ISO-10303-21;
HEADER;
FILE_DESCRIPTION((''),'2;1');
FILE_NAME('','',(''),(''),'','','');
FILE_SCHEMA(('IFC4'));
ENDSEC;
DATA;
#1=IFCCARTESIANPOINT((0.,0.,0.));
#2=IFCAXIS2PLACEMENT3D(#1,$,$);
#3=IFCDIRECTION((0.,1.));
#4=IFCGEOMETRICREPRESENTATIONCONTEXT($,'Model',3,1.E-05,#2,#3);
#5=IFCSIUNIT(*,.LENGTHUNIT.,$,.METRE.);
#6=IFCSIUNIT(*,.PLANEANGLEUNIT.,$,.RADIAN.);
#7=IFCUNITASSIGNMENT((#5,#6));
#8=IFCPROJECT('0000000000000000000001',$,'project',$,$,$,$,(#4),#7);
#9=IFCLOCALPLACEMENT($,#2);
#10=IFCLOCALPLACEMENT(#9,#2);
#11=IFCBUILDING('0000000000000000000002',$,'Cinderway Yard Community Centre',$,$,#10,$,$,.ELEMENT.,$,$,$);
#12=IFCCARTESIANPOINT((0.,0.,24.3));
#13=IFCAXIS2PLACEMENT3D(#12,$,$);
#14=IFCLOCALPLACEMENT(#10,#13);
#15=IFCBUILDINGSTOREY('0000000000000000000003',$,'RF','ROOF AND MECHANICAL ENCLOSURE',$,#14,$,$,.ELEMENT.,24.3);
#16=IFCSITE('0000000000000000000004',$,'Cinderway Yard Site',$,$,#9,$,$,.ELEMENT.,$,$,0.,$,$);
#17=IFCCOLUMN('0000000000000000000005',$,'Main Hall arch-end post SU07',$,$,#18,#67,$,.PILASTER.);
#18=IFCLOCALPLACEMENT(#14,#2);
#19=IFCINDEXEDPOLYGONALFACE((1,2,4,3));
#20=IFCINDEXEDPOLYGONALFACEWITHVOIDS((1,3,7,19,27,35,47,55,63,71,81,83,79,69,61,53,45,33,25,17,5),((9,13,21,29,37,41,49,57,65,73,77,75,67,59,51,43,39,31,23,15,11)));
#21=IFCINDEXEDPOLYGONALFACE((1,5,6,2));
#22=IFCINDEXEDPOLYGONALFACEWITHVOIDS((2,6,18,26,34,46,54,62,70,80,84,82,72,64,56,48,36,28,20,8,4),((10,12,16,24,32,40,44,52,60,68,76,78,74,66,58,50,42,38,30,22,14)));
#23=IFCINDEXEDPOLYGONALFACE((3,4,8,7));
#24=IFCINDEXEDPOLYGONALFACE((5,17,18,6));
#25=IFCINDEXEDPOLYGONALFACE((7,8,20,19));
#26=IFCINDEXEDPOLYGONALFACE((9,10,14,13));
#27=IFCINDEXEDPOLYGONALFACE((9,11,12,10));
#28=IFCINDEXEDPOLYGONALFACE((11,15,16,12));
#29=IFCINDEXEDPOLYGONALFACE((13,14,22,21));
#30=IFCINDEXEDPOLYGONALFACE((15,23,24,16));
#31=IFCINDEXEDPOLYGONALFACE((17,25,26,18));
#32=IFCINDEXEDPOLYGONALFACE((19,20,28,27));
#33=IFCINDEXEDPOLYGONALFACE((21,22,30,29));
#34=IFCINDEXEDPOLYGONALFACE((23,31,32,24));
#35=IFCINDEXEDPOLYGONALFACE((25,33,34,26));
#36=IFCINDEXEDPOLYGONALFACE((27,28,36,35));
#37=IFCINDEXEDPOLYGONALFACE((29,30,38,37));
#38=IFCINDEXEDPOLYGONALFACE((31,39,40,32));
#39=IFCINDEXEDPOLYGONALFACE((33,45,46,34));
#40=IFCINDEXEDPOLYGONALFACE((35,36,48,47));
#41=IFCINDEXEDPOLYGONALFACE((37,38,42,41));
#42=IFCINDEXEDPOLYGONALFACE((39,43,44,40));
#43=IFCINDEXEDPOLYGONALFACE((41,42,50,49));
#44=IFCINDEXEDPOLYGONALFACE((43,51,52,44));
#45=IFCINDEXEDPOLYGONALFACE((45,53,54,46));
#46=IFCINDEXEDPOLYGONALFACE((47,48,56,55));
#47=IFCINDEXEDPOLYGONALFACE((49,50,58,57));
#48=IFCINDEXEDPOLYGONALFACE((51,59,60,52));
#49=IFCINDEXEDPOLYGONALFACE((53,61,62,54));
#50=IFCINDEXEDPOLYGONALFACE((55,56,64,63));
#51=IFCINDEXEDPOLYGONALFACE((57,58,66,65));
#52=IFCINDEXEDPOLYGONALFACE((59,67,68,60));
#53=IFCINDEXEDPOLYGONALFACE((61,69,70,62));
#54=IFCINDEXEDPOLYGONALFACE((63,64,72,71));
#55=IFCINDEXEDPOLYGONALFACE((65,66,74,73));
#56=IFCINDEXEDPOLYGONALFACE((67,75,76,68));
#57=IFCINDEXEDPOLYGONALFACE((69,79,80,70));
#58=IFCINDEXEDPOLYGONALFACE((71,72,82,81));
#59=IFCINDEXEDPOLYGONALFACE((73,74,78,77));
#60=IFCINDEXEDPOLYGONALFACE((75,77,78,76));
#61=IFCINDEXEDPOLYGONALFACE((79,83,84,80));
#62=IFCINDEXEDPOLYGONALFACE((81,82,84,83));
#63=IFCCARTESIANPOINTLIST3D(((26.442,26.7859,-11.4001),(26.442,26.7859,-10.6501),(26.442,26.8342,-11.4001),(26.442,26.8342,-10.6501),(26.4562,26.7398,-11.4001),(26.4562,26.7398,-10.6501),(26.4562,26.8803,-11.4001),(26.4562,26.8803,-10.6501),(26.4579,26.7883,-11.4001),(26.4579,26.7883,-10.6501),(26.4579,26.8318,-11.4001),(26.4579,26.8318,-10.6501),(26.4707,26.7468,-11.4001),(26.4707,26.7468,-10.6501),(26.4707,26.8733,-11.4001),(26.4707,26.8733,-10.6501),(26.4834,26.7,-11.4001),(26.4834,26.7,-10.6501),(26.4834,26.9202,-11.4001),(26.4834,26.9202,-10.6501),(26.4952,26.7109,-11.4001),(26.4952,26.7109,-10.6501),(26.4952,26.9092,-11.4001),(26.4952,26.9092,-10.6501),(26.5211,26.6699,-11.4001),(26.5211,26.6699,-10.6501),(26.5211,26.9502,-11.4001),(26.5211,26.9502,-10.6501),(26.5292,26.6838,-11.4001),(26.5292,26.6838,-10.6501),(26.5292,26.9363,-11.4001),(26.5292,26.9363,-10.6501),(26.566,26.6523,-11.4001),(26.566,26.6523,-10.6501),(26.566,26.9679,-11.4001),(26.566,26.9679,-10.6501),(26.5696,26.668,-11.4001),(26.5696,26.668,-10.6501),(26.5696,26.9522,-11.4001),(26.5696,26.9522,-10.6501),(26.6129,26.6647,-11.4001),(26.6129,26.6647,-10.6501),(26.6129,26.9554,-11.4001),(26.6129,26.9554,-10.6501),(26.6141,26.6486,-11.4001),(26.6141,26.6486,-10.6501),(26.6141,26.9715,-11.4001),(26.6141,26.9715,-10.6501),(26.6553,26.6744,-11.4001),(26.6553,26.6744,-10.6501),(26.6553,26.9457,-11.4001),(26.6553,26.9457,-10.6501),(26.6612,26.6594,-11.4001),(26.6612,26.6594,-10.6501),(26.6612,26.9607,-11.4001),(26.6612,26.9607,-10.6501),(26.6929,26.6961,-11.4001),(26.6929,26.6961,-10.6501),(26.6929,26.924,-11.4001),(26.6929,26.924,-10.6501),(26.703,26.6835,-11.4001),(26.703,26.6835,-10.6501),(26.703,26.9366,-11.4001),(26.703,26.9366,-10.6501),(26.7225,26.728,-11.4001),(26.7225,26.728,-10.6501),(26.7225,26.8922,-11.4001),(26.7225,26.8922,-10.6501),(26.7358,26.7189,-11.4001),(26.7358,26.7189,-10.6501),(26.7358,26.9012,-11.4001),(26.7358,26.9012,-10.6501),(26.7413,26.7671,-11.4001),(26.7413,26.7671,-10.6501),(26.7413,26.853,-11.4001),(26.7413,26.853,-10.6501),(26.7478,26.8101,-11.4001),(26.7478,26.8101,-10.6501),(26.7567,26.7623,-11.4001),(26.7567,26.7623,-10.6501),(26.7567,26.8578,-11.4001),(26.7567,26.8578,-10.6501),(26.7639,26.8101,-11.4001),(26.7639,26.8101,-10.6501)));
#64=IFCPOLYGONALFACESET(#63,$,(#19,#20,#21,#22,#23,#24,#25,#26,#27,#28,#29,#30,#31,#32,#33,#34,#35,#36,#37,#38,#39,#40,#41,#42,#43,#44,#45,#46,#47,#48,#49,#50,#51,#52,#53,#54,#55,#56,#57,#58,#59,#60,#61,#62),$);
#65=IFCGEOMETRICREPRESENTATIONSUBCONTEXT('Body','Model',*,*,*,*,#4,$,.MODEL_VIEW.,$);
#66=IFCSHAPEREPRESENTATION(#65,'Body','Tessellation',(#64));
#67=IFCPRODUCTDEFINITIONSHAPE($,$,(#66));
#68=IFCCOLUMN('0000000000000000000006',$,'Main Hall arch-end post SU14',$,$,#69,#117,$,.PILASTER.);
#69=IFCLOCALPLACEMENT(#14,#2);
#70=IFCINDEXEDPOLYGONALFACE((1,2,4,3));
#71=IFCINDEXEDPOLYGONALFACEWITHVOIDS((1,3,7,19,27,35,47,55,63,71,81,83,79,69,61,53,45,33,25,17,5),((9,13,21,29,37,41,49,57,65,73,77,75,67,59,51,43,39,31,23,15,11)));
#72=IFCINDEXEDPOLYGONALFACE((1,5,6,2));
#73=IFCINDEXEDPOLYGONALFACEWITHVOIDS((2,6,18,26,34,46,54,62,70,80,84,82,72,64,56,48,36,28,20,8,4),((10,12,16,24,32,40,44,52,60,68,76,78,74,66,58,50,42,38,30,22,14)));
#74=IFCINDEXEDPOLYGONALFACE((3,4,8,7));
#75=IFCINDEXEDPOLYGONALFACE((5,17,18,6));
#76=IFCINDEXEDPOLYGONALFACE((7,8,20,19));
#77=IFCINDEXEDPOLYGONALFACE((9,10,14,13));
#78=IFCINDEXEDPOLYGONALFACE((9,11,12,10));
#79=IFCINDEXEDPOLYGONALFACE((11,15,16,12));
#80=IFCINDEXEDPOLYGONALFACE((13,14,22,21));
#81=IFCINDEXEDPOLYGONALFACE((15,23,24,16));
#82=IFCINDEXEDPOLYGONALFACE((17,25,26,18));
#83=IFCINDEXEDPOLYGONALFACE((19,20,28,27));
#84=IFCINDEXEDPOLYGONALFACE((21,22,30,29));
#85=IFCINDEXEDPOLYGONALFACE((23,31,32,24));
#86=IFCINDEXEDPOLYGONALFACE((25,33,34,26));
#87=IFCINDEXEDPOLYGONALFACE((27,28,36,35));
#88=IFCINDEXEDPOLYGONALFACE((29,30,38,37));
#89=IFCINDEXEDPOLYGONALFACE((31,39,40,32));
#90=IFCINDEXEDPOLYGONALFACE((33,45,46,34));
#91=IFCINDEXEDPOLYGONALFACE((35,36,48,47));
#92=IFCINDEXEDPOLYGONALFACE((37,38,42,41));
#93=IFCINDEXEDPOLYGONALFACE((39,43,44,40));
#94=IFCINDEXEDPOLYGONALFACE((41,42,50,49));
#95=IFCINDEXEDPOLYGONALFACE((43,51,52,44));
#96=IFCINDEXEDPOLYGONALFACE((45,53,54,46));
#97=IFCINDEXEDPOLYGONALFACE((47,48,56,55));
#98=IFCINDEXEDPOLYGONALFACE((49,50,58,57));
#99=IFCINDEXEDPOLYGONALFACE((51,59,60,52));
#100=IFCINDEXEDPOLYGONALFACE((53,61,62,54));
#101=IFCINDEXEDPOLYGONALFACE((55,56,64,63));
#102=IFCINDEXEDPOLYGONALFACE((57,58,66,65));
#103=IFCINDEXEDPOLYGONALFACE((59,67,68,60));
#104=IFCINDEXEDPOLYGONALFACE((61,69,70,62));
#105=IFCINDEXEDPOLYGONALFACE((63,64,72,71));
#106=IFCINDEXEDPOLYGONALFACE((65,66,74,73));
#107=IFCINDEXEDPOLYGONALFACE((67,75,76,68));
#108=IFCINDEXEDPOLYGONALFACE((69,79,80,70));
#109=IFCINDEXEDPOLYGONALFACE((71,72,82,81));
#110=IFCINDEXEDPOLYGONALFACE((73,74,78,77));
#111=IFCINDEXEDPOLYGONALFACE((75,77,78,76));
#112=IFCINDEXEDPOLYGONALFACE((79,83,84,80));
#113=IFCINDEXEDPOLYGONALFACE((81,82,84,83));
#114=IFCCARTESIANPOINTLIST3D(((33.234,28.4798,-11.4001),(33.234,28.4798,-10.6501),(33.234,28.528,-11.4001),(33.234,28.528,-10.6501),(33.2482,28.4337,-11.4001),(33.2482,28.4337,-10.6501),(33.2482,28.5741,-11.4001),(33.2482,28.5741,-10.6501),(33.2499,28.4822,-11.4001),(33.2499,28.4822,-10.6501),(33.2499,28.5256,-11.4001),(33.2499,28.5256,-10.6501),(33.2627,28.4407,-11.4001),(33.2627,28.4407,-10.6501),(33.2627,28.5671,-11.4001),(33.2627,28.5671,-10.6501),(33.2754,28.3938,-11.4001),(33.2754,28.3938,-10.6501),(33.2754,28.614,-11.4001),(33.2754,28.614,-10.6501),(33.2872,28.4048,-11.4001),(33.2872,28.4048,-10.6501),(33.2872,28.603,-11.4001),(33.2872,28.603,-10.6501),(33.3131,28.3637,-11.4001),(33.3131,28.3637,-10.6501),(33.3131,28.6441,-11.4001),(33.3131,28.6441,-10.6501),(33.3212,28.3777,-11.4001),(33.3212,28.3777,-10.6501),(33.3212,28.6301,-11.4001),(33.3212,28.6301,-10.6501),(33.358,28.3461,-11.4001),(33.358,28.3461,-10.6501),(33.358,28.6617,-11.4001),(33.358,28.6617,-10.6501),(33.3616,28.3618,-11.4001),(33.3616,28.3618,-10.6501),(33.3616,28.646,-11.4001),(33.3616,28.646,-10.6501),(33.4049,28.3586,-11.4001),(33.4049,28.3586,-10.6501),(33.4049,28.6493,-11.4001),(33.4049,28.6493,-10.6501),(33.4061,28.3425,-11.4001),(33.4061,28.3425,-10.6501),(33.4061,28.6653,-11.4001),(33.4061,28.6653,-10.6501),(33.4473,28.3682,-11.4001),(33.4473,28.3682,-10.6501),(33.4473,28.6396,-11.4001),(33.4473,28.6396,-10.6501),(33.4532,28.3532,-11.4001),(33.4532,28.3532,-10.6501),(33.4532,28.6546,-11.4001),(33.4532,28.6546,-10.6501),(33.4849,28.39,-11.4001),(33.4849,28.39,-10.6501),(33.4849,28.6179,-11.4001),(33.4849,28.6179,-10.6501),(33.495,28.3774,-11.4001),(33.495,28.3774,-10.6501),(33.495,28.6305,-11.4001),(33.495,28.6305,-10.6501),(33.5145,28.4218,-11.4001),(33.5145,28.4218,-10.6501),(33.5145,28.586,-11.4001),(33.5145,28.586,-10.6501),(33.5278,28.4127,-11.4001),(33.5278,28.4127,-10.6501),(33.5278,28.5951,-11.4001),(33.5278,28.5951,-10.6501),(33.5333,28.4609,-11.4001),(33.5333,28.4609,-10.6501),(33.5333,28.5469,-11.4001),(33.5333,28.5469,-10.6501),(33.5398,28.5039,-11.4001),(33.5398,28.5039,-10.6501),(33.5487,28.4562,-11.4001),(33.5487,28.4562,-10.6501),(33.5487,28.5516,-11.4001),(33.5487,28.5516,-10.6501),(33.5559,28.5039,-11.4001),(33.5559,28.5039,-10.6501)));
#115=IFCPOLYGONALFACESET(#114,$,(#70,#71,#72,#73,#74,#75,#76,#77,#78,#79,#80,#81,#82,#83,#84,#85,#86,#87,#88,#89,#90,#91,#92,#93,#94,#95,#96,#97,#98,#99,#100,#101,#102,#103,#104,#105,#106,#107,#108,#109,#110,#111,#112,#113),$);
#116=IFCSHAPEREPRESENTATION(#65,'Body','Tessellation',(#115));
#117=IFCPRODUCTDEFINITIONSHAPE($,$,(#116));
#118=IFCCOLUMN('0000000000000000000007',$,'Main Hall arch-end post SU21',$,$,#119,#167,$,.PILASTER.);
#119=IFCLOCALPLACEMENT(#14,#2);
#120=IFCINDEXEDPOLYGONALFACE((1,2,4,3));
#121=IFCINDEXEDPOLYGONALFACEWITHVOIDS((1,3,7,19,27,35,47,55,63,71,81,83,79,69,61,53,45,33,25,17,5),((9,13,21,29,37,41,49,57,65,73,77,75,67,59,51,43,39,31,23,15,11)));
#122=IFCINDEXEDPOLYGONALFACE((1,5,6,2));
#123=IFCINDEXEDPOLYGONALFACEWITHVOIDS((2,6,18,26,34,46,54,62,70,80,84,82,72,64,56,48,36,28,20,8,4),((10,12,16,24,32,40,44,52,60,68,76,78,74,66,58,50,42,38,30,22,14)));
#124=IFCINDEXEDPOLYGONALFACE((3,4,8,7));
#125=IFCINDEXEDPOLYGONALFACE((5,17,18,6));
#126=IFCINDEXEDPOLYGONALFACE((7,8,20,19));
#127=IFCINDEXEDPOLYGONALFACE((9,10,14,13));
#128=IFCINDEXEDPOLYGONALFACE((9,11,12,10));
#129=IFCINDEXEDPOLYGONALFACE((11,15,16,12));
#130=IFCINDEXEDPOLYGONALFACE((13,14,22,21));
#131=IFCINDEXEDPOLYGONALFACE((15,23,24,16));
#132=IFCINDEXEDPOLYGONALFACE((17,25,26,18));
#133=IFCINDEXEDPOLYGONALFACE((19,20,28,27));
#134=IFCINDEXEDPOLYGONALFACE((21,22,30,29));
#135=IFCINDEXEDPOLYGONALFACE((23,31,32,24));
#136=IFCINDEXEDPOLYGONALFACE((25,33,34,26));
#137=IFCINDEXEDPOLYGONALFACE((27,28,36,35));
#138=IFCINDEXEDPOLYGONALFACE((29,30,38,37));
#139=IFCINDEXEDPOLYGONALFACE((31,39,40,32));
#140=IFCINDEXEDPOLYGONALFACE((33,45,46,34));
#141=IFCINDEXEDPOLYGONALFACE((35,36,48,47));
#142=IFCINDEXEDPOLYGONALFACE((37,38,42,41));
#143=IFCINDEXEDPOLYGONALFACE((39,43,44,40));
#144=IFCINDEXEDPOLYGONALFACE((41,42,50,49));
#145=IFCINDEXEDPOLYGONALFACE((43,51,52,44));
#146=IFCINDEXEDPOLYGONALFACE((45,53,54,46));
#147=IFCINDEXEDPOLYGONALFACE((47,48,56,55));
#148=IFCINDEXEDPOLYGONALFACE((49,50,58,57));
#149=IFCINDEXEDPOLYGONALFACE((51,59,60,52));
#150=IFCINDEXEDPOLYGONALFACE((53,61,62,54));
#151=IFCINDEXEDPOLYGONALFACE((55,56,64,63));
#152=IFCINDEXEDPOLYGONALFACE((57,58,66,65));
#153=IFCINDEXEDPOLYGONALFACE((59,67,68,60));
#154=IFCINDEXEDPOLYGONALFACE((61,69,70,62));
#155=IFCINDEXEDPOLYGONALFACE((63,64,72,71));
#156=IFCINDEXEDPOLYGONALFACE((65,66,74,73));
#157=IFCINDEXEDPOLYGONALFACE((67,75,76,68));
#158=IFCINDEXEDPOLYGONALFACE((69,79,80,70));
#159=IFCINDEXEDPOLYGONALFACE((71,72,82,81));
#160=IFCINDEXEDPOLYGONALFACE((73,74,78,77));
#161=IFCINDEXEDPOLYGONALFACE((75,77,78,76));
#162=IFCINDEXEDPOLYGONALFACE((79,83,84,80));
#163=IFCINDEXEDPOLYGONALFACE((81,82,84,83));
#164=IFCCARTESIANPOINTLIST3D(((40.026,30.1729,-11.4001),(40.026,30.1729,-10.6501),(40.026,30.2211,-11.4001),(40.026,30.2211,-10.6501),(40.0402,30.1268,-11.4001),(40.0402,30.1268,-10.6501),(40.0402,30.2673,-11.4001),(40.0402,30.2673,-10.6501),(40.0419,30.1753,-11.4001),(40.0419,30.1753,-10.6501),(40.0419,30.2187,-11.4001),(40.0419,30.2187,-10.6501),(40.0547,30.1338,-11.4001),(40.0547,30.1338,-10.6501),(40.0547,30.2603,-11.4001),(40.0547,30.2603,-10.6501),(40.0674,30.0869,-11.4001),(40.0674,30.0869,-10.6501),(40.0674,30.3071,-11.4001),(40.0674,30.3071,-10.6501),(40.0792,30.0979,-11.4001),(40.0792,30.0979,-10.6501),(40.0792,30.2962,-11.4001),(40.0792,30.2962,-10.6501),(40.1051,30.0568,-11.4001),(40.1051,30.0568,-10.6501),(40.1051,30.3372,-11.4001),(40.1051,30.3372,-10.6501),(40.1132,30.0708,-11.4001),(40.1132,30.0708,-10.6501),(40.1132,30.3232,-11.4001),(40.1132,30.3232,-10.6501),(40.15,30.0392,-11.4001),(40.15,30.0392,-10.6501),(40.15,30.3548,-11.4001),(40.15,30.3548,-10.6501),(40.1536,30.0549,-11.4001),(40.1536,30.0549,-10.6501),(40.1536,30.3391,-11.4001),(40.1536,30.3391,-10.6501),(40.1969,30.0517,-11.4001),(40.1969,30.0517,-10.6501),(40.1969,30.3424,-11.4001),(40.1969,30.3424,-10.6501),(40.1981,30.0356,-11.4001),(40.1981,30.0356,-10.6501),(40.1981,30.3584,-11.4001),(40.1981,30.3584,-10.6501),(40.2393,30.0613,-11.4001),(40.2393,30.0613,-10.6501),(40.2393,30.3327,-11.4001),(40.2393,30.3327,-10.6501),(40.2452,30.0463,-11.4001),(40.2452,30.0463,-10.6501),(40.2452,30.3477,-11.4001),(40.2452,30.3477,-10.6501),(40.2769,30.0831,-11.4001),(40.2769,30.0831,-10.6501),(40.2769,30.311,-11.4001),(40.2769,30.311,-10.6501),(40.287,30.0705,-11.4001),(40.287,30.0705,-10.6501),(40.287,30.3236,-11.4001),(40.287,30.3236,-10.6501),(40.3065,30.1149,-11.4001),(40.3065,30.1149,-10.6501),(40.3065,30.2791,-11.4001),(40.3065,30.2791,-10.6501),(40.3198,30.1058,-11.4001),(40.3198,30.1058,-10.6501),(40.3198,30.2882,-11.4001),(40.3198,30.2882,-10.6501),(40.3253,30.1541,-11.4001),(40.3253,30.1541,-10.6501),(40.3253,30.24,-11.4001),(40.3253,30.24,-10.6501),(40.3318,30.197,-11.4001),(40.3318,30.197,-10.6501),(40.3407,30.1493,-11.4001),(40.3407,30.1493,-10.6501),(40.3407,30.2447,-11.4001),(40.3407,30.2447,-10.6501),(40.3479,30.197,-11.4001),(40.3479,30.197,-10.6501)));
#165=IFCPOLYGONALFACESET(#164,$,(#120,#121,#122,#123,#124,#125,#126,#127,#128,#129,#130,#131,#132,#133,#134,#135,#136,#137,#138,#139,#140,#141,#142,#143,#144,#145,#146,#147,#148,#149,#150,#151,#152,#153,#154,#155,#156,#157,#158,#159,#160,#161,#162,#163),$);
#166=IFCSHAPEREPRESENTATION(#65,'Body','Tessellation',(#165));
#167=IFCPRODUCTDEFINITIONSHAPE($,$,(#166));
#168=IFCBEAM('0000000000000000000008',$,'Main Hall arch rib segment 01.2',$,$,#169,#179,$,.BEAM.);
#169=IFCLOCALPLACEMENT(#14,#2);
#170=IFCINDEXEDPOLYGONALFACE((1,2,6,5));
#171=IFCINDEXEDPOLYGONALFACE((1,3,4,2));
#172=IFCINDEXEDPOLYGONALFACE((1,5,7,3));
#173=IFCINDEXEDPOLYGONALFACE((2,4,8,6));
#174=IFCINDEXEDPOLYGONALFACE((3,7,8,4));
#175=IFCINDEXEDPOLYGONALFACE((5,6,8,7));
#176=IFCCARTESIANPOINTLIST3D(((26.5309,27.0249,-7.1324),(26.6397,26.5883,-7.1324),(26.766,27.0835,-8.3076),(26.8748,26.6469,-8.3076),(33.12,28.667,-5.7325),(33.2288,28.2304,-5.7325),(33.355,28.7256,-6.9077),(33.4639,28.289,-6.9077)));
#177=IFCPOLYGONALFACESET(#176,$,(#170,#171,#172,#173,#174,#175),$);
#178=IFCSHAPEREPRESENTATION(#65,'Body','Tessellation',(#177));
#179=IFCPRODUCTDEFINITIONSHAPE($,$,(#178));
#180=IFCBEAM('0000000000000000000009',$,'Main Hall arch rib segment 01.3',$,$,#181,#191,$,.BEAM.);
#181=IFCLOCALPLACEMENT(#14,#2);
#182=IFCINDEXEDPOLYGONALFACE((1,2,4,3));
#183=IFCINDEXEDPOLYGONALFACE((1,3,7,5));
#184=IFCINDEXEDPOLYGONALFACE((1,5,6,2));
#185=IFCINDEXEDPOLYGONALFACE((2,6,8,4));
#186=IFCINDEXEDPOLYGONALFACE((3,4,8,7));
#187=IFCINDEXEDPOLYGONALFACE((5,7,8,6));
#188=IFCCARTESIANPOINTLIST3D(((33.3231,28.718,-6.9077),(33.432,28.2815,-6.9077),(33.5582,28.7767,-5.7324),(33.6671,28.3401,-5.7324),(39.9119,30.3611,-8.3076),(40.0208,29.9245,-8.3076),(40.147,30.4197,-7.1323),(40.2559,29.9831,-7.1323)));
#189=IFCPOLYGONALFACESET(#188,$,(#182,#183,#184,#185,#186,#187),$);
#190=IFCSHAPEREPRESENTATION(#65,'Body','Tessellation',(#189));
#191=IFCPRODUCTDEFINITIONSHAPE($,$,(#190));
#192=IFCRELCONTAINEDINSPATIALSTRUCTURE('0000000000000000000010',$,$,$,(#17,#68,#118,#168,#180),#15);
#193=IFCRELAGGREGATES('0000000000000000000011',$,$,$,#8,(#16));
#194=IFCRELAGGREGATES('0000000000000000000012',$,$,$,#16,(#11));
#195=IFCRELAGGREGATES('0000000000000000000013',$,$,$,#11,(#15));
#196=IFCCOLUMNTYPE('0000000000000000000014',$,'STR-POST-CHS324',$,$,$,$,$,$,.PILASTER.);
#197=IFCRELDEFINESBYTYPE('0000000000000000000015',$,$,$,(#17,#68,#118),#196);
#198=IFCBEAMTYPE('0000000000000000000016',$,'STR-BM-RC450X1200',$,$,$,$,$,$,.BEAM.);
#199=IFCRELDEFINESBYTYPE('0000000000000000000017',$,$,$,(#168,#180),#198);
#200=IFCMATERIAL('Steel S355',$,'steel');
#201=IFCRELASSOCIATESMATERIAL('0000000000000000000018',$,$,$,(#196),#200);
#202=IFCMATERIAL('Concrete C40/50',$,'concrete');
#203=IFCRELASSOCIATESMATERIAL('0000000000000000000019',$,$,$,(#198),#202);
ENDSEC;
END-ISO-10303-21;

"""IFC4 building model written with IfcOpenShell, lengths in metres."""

from ifc_helpers import new_model, si_unit, direction, frame, origin, origin_2d, place, context, subcontext, project, spatial, rectangle, hollow_circle, extrude, material, material_profile, profile_set, type_object, element, save


model = new_model("IFC4")

# Units and contexts
model_context = context("Model", 3, precision=1e-05, world=origin(), true_north=direction((0.0, 1.0)))
body_context = subcontext(model_context, "Body", "Model", "MODEL_VIEW")
ifc_project = project(units=[si_unit("LENGTHUNIT", "METRE"), si_unit("PLANEANGLEUNIT", "RADIAN")], contexts=[model_context])

# Site, building, storey
site_placement = place(None, origin())
site = spatial("IfcSite", under=ifc_project, at=site_placement, Name="Cinderway Yard Site", CompositionType="ELEMENT", RefElevation=0.0)
building_placement = place(site_placement, origin())
building = spatial("IfcBuilding", under=site, at=building_placement, Name="Cinderway Yard Community Centre", CompositionType="ELEMENT")
storey_placement = place(building_placement, frame((0.0, 0.0, 24.3)))
storey = spatial("IfcBuildingStorey", under=building, at=storey_placement, Name="RF", Description="ROOF AND MECHANICAL ENCLOSURE", CompositionType="ELEMENT", Elevation=24.3)

# Columns
ifc_material_1 = material(Name="Steel S355", Category="steel")
ifc_material_profile_1 = material_profile(ifc_material_1, hollow_circle(Radius=0.1619, WallThickness=0.0161, at=origin_2d()), Name="Steel S355")
ifc_profile_set_1 = profile_set([ifc_material_profile_1], Name="Steel S355")
column_type = type_object("IfcColumnType", Name="STR-POST-CHS324", PredefinedType="PILASTER", material=ifc_profile_set_1)
for number, where, z_axis, x_axis, name in (
    (1, (26.6021, 26.8101, -11.4001), (0.0, 0.0, 1.0), (1.0, 0.0, 0.0), "Main Hall arch-end post SU07"),
    (2, (33.394, 28.5039, -11.4001), (0.0, 0.0, 1.0), (1.0, 0.0, 0.0), "Main Hall arch-end post SU14"),
    (3, (40.186, 30.197, -11.4001), (0.0, 0.0, 1.0), (1.0, 0.0, 0.0), "Main Hall arch-end post SU21"),
):
    element("IfcColumn", number, at=place(storey_placement, frame(where, z_axis=z_axis, x_axis=x_axis)), inside=storey, type_object=column_type, Name=name, PredefinedType="PILASTER", context=body_context, shape_type="SweptSolid", body=[
        extrude(hollow_circle(Radius=0.1619, WallThickness=0.0161, at=origin_2d()), origin(), (0.0, 0.0, 1.0), 0.75),
    ])

# Beams
ifc_material_2 = material(Name="Concrete C40/50", Category="concrete")
ifc_material_profile_2 = material_profile(ifc_material_2, rectangle(XDim=0.45, YDim=1.2, at=origin_2d()), Name="Concrete C40/50")
ifc_profile_set_2 = profile_set([ifc_material_profile_2], Name="Concrete C40/50")
beam_type_1 = type_object("IfcBeamType", Name="STR-BM-RC450X1200", PredefinedType="BEAM", material=ifc_profile_set_2)
for number, where, z_axis, x_axis, name in (
    (4, (26.7029, 26.8359, -7.72), (0.950338, 0.236836, 0.201906), (-0.241817, 0.970322, 0.0), "Main Hall arch rib segment 01.2"),
    (5, (33.4951, 28.5291, -6.3201), (0.950303, 0.236977, -0.201906), (-0.24196, 0.970286, 0.0), "Main Hall arch rib segment 01.3"),
):
    element("IfcBeam", number, at=place(storey_placement, frame(where, z_axis=z_axis, x_axis=x_axis)), inside=storey, type_object=beam_type_1, Name=name, PredefinedType="BEAM", context=body_context, shape_type="SweptSolid", body=[
        extrude(rectangle(XDim=0.45, YDim=1.2, at=origin_2d()), origin(), (0.0, 0.0, 1.0), 6.9333),
    ])

save(model, "model.ifc")
